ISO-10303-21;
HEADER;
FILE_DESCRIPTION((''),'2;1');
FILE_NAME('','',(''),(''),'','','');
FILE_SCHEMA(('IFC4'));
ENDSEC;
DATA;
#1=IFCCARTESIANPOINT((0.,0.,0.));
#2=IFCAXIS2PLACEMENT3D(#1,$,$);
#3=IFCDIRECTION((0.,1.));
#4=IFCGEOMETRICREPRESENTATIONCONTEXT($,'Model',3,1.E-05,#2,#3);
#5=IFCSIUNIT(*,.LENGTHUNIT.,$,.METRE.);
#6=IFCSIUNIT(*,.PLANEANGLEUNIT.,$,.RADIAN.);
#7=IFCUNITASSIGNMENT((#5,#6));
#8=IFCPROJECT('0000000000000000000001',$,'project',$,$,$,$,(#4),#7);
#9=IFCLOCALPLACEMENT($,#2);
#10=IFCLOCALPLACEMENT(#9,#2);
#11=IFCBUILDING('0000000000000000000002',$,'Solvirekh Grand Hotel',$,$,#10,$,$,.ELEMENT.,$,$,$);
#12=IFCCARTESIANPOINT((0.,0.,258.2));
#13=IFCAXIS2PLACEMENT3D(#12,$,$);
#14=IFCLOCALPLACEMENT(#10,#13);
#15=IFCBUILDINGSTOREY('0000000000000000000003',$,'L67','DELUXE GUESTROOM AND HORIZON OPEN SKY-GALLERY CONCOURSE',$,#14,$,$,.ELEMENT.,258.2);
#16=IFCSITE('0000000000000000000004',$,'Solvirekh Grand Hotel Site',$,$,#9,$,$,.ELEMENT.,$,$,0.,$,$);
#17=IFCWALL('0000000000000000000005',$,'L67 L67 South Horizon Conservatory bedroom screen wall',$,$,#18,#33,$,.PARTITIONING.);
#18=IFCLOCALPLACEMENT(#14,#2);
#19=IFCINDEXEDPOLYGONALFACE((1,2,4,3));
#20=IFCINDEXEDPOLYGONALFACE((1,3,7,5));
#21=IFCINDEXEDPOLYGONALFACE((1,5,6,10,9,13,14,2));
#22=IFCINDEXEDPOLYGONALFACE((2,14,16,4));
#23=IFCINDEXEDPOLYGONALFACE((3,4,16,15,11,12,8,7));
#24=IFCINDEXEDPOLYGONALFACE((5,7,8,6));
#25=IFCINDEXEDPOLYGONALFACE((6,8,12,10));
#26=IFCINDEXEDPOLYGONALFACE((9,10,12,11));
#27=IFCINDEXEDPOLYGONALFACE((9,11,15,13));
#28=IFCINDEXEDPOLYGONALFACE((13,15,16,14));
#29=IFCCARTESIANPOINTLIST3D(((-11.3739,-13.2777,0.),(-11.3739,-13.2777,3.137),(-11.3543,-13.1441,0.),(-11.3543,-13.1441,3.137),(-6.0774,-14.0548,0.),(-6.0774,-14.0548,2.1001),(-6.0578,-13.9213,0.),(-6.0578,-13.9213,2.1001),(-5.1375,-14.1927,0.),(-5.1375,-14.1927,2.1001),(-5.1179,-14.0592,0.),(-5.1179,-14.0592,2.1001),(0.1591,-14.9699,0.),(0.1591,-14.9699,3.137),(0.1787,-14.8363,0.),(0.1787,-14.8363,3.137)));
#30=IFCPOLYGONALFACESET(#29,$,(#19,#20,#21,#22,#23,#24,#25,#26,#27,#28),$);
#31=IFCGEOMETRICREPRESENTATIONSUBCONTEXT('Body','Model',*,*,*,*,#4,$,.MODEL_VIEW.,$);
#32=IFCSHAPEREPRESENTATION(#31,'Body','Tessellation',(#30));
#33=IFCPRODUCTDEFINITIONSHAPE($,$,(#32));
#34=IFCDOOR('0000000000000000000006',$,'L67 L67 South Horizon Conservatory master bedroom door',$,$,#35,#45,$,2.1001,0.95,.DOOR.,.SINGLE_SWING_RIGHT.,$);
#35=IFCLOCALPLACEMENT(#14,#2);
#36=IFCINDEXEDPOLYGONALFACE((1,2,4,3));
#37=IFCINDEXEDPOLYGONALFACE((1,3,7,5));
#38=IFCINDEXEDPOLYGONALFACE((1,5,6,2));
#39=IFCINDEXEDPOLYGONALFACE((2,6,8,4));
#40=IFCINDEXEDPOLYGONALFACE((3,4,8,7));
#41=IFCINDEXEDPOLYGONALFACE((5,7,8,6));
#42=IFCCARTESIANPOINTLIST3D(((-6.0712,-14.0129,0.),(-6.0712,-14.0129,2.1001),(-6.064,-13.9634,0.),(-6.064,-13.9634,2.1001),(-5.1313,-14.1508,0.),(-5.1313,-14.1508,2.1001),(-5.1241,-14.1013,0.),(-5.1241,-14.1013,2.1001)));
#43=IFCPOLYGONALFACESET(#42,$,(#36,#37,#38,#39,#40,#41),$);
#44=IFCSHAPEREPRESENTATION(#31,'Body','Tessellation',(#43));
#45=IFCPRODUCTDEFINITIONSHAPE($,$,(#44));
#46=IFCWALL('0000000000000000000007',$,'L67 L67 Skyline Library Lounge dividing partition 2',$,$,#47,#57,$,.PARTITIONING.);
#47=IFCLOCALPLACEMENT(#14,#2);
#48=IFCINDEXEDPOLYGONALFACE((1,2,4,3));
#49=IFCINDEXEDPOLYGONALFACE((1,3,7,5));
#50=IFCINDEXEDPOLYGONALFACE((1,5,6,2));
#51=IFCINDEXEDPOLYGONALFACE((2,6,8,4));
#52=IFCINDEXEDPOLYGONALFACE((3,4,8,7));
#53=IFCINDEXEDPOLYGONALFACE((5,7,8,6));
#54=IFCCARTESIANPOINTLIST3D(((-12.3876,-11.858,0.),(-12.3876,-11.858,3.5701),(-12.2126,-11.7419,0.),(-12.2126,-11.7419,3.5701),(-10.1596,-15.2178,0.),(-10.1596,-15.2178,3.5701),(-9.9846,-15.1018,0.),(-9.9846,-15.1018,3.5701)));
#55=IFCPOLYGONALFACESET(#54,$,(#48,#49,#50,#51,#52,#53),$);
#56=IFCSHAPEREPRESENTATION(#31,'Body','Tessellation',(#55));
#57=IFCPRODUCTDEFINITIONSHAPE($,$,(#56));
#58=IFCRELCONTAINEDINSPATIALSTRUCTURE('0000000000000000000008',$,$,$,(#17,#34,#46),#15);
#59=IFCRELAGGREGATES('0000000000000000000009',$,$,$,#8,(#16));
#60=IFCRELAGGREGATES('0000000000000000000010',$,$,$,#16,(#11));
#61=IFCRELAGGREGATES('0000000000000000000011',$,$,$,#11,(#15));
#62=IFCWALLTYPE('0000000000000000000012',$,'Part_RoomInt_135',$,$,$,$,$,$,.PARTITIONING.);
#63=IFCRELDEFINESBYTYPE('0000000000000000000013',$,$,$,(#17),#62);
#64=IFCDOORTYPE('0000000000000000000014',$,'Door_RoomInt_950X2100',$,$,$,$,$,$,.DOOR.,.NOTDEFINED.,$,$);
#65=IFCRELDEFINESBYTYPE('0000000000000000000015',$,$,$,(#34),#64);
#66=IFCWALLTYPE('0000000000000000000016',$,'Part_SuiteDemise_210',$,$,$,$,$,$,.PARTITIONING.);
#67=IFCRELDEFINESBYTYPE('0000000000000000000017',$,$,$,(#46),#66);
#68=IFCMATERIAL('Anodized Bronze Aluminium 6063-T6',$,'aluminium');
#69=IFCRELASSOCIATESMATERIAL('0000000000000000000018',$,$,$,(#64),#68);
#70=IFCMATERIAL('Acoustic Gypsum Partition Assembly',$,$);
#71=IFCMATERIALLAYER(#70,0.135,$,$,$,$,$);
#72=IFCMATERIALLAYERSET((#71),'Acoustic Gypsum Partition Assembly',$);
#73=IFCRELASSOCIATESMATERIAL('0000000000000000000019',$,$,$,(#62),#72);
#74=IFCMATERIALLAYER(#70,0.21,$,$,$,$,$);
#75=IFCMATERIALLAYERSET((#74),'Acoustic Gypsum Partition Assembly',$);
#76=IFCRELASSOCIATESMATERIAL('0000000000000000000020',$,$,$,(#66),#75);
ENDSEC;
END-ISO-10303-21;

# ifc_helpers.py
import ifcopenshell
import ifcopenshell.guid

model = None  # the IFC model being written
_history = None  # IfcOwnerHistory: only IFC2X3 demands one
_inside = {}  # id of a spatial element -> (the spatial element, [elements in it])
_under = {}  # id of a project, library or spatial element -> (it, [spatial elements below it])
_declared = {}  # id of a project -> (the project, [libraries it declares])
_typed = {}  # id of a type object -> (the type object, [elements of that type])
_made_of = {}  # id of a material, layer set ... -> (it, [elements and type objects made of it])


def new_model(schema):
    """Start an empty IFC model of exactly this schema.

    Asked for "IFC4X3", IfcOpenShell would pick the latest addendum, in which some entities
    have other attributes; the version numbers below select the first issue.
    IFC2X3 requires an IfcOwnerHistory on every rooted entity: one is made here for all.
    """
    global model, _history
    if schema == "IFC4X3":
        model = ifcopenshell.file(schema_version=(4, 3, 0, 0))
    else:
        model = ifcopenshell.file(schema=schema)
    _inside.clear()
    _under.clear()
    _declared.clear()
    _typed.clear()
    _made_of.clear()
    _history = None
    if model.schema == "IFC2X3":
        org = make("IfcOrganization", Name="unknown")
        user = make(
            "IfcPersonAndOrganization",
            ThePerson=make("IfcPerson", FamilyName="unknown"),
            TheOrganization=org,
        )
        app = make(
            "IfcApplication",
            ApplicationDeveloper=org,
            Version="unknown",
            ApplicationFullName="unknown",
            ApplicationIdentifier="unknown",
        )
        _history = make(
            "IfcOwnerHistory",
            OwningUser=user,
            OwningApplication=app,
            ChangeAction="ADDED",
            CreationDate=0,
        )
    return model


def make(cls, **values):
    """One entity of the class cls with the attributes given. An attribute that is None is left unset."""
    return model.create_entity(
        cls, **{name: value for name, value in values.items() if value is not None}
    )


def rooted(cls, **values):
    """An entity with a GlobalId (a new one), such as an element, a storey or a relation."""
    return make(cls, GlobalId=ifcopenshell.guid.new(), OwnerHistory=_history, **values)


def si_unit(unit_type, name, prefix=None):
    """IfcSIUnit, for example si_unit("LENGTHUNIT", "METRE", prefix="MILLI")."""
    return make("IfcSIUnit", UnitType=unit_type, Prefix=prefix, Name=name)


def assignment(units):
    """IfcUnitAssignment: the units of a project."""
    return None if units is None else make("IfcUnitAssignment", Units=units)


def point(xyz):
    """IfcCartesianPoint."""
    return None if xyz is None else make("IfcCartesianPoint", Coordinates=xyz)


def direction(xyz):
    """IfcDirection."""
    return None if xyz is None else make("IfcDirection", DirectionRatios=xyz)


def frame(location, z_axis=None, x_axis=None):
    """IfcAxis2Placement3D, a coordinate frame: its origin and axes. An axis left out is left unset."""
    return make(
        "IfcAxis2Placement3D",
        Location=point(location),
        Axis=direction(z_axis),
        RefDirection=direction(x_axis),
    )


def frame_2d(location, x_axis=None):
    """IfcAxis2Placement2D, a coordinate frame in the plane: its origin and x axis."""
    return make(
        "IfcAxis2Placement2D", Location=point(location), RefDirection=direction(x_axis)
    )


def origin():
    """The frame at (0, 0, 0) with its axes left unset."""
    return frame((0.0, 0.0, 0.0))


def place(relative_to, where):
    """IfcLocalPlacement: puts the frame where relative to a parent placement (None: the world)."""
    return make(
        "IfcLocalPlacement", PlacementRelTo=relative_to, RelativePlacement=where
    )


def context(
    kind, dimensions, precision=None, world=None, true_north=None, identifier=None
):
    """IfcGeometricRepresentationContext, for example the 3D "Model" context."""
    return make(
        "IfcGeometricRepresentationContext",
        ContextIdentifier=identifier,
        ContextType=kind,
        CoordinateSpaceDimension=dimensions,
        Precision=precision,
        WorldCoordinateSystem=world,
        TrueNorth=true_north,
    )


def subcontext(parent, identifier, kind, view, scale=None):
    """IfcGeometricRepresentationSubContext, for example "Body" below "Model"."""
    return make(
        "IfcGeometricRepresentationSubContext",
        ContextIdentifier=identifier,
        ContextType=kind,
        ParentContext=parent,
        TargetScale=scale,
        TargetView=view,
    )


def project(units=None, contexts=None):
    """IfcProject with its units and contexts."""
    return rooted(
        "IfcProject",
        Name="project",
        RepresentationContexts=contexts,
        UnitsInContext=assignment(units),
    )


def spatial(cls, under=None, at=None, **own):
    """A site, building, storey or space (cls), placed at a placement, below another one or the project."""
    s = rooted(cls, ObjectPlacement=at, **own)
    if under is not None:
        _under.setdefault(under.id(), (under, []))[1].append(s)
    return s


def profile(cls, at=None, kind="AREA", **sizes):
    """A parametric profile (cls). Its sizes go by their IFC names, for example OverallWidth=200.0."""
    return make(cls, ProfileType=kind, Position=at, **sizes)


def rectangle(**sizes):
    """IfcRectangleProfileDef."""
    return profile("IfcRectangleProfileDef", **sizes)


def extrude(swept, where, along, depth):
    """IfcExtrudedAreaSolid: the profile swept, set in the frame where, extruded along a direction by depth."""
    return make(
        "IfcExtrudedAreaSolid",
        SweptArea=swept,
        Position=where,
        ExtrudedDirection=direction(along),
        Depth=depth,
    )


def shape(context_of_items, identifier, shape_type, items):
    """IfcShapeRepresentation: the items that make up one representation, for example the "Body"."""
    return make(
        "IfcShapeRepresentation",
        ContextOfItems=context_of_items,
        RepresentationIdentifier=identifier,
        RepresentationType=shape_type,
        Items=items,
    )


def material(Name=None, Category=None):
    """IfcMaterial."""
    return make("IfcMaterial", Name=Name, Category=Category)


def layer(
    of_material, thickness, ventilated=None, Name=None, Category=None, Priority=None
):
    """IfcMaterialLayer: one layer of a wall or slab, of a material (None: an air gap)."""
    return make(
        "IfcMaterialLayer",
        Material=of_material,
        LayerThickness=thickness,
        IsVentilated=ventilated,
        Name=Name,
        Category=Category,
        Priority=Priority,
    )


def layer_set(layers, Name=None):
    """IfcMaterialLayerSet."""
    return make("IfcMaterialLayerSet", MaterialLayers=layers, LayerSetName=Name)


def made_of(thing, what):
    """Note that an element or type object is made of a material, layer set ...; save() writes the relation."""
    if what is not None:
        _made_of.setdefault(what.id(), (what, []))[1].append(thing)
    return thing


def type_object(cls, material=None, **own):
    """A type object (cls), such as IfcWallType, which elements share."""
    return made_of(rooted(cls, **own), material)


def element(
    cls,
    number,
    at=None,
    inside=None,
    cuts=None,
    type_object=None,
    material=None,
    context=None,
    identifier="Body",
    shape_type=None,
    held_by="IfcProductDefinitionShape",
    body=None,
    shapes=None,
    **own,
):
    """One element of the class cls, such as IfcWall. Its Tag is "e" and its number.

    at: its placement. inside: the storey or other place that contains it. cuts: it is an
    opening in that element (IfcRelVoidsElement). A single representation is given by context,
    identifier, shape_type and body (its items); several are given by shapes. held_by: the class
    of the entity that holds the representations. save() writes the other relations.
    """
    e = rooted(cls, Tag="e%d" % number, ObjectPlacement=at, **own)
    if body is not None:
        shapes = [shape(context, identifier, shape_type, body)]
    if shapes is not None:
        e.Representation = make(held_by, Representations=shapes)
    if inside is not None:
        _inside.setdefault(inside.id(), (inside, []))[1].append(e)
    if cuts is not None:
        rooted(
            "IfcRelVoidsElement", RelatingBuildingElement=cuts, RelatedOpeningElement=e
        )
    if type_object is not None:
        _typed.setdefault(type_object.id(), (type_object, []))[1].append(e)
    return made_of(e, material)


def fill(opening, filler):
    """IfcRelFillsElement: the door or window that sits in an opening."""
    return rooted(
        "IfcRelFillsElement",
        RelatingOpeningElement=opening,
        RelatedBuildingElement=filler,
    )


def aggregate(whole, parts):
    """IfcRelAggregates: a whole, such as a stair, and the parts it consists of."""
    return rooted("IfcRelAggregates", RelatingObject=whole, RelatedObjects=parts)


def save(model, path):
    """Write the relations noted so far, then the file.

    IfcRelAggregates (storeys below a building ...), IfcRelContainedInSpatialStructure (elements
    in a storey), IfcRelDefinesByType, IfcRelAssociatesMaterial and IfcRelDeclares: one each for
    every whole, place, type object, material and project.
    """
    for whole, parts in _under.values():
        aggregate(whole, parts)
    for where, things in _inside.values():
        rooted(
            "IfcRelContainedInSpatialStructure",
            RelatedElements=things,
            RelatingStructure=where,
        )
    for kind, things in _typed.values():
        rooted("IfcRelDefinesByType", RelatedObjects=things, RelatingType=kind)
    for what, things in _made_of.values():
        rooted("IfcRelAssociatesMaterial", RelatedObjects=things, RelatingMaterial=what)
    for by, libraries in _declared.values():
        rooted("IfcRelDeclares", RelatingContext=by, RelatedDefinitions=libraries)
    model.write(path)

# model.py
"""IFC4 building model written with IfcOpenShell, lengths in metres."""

from ifc_helpers import new_model, si_unit, direction, frame, frame_2d, origin, place, context, subcontext, project, spatial, rectangle, extrude, material, layer, layer_set, type_object, element, fill, save


model = new_model("IFC4")

# Units and contexts
model_context = context("Model", 3, precision=1e-05, world=origin(), true_north=direction((0.0, 1.0)))
body_context = subcontext(model_context, "Body", "Model", "MODEL_VIEW")
ifc_project = project(units=[si_unit("LENGTHUNIT", "METRE"), si_unit("PLANEANGLEUNIT", "RADIAN")], contexts=[model_context])

# Site, building, storey
site_placement = place(None, origin())
site = spatial("IfcSite", under=ifc_project, at=site_placement, Name="Solvirekh Grand Hotel Site", CompositionType="ELEMENT", RefElevation=0.0)
building_placement = place(site_placement, origin())
building = spatial("IfcBuilding", under=site, at=building_placement, Name="Solvirekh Grand Hotel", CompositionType="ELEMENT")
storey_placement = place(building_placement, frame((0.0, 0.0, 258.2)))
storey = spatial("IfcBuildingStorey", under=building, at=storey_placement, Name="L67", Description="DELUXE GUESTROOM AND HORIZON OPEN SKY-GALLERY CONCOURSE", CompositionType="ELEMENT", Elevation=258.2)

# Shared definitions
ifc_material_1 = material(Name="Acoustic Gypsum Partition Assembly")

# Wall, opening, door
ifc_material_2 = material(Name="Anodized Bronze Aluminium 6063-T6", Category="aluminium")
door_type = type_object("IfcDoorType", Name="Door_RoomInt_950X2100", OperationType="NOTDEFINED", PredefinedType="DOOR", material=ifc_material_2)
ifc_layer_1 = layer(ifc_material_1, 0.135)
ifc_layer_set_1 = layer_set([ifc_layer_1], Name="Acoustic Gypsum Partition Assembly")
wall_type_1 = type_object("IfcWallType", Name="Part_RoomInt_135", PredefinedType="PARTITIONING", material=ifc_layer_set_1)
wall_1_placement = place(storey_placement, frame((-11.364, -13.2109, 0.0), z_axis=(0.0, 0.0, 1.0), x_axis=(0.989407, -0.145168, 0.0)))
wall_1 = element("IfcWall", 1, at=wall_1_placement, inside=storey, type_object=wall_type_1, Name="L67 L67 South Horizon Conservatory bedroom screen wall", PredefinedType="PARTITIONING", context=body_context, shape_type="SweptSolid", body=[
    extrude(rectangle(XDim=11.6565, YDim=0.135, at=frame_2d((5.8281, 0.0))), origin(), (0.0, 0.0, 1.0), 3.137),
])
opening_1_placement = place(wall_1_placement, frame((5.353, 0.0, 0.0)))
opening_1 = element("IfcOpeningElement", 2, at=opening_1_placement, cuts=wall_1, PredefinedType="OPENING", context=body_context, shape_type="SweptSolid", body=[
    extrude(rectangle(XDim=0.95, YDim=2.1001, at=frame_2d((0.4751, 1.05))), frame((0.0, 0.0776, 0.0), z_axis=(0.0, -1.0, 0.0), x_axis=(1.0, 0.0, 0.0)), (0.0, 0.0, 1.0), 0.155),
])
door_1_placement = place(opening_1_placement, origin())
door_1 = element("IfcDoor", 3, at=door_1_placement, inside=storey, type_object=door_type, Name="L67 L67 South Horizon Conservatory master bedroom door", OperationType="SINGLE_SWING_RIGHT", OverallHeight=2.1001, OverallWidth=0.95, PredefinedType="DOOR", context=body_context, shape_type="SweptSolid", body=[
    extrude(rectangle(XDim=0.95, YDim=2.1001, at=frame_2d((0.4751, 1.05))), frame((0.0, 0.0249, 0.0), z_axis=(0.0, -1.0, 0.0), x_axis=(1.0, 0.0, 0.0)), (0.0, 0.0, 1.0), 0.05),
])
fill(opening_1, door_1)

# Wall
ifc_layer_2 = layer(ifc_material_1, 0.21)
ifc_layer_set_2 = layer_set([ifc_layer_2], Name="Acoustic Gypsum Partition Assembly")
wall_type_2 = type_object("IfcWallType", Name="Part_SuiteDemise_210", PredefinedType="PARTITIONING", material=ifc_layer_set_2)
wall_2_placement = place(storey_placement, frame((-12.3, -11.8, 0.0), z_axis=(0.0, 0.0, 1.0), x_axis=(0.552658, -0.833408, 0.0)))
element("IfcWall", 4, at=wall_2_placement, inside=storey, type_object=wall_type_2, Name="L67 L67 Skyline Library Lounge dividing partition 2", PredefinedType="PARTITIONING", context=body_context, shape_type="SweptSolid", body=[
    extrude(rectangle(XDim=4.0315, YDim=0.21, at=frame_2d((2.0156, 0.0))), origin(), (0.0, 0.0, 1.0), 3.5701),
])

save(model, "model.ifc")
